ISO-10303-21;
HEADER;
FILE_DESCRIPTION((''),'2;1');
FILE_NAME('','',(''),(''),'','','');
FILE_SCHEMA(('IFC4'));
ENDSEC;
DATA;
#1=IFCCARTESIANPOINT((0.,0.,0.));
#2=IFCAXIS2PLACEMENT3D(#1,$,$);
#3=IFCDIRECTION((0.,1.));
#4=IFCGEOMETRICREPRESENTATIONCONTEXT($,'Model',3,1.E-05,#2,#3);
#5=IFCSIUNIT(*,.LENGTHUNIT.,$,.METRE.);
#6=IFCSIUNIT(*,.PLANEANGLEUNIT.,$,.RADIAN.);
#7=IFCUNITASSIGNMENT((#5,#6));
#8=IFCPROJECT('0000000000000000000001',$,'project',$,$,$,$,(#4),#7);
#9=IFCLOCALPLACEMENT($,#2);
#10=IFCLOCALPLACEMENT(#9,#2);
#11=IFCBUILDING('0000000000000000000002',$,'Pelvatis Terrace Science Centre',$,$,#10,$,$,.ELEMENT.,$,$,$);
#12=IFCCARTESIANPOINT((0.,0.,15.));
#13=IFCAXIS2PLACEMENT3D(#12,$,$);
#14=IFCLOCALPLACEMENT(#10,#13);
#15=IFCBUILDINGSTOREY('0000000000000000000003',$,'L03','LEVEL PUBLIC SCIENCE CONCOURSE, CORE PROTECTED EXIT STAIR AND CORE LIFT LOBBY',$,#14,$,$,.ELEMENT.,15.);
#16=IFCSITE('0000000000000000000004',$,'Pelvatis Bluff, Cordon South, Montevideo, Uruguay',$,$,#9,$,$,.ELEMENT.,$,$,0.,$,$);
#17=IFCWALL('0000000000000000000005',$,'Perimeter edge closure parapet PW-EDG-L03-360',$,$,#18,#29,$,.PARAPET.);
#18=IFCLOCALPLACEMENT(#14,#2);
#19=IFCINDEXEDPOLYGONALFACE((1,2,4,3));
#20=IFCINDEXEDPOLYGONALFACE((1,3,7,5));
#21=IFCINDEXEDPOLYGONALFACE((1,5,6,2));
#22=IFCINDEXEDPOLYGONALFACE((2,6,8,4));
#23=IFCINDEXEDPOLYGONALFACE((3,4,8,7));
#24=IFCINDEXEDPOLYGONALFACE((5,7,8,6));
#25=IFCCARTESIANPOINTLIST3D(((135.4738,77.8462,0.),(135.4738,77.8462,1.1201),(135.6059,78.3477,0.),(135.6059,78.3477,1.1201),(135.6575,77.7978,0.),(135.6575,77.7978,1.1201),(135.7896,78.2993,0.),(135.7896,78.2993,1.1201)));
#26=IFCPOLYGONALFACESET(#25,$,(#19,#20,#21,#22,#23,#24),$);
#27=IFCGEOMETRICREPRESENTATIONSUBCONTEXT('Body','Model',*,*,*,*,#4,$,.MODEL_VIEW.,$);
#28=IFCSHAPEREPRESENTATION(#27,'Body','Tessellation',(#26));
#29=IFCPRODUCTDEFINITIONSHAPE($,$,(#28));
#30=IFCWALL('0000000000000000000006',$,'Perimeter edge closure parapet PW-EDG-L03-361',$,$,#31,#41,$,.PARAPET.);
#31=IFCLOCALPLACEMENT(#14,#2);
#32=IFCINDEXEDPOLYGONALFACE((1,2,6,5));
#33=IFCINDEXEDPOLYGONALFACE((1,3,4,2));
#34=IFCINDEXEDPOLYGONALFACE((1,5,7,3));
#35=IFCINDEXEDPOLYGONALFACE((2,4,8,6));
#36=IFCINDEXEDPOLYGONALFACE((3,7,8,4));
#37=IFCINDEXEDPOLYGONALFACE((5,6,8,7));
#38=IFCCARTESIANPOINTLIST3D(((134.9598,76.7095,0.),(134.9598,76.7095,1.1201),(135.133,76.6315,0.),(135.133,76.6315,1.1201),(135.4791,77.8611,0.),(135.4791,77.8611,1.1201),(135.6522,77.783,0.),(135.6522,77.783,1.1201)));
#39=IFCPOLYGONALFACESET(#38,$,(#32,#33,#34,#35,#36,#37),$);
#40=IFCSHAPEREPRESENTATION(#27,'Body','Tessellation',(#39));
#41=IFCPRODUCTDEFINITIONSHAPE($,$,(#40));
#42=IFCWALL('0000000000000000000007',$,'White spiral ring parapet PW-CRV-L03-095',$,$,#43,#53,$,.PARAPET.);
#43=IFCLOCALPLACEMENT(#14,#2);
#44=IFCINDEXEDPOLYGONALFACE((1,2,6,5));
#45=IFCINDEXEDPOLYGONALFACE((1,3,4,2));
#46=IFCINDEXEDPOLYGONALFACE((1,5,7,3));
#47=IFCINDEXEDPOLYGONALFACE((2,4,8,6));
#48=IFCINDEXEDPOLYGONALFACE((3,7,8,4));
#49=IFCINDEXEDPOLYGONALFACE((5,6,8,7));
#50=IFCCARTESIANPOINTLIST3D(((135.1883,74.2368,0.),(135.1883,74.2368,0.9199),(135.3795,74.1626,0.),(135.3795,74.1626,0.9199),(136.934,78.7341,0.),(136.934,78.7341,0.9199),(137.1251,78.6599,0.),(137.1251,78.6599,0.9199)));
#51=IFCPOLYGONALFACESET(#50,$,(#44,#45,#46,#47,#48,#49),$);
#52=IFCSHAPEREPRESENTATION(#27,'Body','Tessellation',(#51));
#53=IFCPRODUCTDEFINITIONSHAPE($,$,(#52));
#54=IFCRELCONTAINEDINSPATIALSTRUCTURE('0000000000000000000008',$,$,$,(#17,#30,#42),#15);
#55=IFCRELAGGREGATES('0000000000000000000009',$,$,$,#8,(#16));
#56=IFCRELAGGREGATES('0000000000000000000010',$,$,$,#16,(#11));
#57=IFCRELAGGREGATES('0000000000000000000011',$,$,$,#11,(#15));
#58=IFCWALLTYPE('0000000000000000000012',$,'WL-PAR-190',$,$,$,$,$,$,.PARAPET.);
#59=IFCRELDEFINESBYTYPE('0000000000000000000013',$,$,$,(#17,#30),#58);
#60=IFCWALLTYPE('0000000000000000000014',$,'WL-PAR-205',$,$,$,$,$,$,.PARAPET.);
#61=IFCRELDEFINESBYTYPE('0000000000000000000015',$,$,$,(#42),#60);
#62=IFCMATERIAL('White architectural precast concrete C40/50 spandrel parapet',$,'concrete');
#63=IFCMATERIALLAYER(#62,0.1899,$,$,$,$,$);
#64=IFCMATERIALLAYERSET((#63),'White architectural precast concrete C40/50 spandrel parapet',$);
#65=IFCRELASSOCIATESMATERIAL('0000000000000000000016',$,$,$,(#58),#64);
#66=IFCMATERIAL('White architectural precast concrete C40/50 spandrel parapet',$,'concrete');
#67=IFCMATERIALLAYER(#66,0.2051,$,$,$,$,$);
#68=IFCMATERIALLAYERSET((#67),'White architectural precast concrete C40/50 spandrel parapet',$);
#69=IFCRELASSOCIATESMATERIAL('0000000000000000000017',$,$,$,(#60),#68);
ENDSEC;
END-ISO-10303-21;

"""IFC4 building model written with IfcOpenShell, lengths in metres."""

from ifc_helpers import new_model, si_unit, direction, frame, frame_2d, origin, place, context, subcontext, project, spatial, rectangle, extrude, material, layer, layer_set, type_object, element, save


model = new_model("IFC4")

# Units and contexts
model_context = context("Model", 3, precision=1e-05, world=origin(), true_north=direction((0.0, 1.0)))
body_context = subcontext(model_context, "Body", "Model", "MODEL_VIEW")
ifc_project = project(units=[si_unit("LENGTHUNIT", "METRE"), si_unit("PLANEANGLEUNIT", "RADIAN")], contexts=[model_context])

# Site, building, storey
site_placement = place(None, origin())
site = spatial("IfcSite", under=ifc_project, at=site_placement, Name="Pelvatis Bluff, Cordon South, Montevideo, Uruguay", CompositionType="ELEMENT", RefElevation=0.0)
building_placement = place(site_placement, origin())
building = spatial("IfcBuilding", under=site, at=building_placement, Name="Pelvatis Terrace Science Centre", CompositionType="ELEMENT")
storey_placement = place(building_placement, frame((0.0, 0.0, 15.0)))
storey = spatial("IfcBuildingStorey", under=building, at=storey_placement, Name="L03", Description="LEVEL PUBLIC SCIENCE CONCOURSE, CORE PROTECTED EXIT STAIR AND CORE LIFT LOBBY", CompositionType="ELEMENT", Elevation=15.0)

# Walls
ifc_material_1 = material(Name="White architectural precast concrete C40/50 spandrel parapet", Category="concrete")
ifc_layer_1 = layer(ifc_material_1, 0.1899)
ifc_layer_set_1 = layer_set([ifc_layer_1], Name="White architectural precast concrete C40/50 spandrel parapet")
wall_type_1 = type_object("IfcWallType", Name="WL-PAR-190", PredefinedType="PARAPET", material=ifc_layer_set_1)
wall_1_placement = place(storey_placement, frame((135.6978, 78.3235, 0.0), z_axis=(0.0, 0.0, 1.0), x_axis=(-0.254702, -0.96702, 0.0)))
element("IfcWall", 1, at=wall_1_placement, inside=storey, type_object=wall_type_1, Name="Perimeter edge closure parapet PW-EDG-L03-360", PredefinedType="PARAPET", context=body_context, shape_type="SweptSolid", body=[
    extrude(rectangle(XDim=0.5186, YDim=0.1899, at=frame_2d((0.2593, 0.0))), origin(), (0.0, 0.0, 1.0), 1.1201),
])
wall_2_placement = place(storey_placement, frame((135.5657, 77.822, 0.0), z_axis=(0.0, 0.0, 1.0), x_axis=(-0.411064, -0.911607, 0.0)))
element("IfcWall", 2, at=wall_2_placement, inside=storey, type_object=wall_type_1, Name="Perimeter edge closure parapet PW-EDG-L03-361", PredefinedType="PARAPET", context=body_context, shape_type="SweptSolid", body=[
    extrude(rectangle(XDim=1.2632, YDim=0.1899, at=frame_2d((0.6316, 0.0))), origin(), (0.0, 0.0, 1.0), 1.1201),
])
ifc_material_2 = material(Name="White architectural precast concrete C40/50 spandrel parapet", Category="concrete")
ifc_layer_2 = layer(ifc_material_2, 0.2051)
ifc_layer_set_2 = layer_set([ifc_layer_2], Name="White architectural precast concrete C40/50 spandrel parapet")
wall_type_2 = type_object("IfcWallType", Name="WL-PAR-205", PredefinedType="PARAPET", material=ifc_layer_set_2)
wall_3_placement = place(storey_placement, frame((135.2839, 74.1997, 0.0), z_axis=(0.0, 0.0, 1.0), x_axis=(0.361843, 0.932239, 0.0)))
element("IfcWall", 3, at=wall_3_placement, inside=storey, type_object=wall_type_2, Name="White spiral ring parapet PW-CRV-L03-095", PredefinedType="PARAPET", context=body_context, shape_type="SweptSolid", body=[
    extrude(rectangle(XDim=4.8242, YDim=0.2051, at=frame_2d((2.4121, 0.0))), origin(), (0.0, 0.0, 1.0), 0.9199),
])

save(model, "model.ifc")
